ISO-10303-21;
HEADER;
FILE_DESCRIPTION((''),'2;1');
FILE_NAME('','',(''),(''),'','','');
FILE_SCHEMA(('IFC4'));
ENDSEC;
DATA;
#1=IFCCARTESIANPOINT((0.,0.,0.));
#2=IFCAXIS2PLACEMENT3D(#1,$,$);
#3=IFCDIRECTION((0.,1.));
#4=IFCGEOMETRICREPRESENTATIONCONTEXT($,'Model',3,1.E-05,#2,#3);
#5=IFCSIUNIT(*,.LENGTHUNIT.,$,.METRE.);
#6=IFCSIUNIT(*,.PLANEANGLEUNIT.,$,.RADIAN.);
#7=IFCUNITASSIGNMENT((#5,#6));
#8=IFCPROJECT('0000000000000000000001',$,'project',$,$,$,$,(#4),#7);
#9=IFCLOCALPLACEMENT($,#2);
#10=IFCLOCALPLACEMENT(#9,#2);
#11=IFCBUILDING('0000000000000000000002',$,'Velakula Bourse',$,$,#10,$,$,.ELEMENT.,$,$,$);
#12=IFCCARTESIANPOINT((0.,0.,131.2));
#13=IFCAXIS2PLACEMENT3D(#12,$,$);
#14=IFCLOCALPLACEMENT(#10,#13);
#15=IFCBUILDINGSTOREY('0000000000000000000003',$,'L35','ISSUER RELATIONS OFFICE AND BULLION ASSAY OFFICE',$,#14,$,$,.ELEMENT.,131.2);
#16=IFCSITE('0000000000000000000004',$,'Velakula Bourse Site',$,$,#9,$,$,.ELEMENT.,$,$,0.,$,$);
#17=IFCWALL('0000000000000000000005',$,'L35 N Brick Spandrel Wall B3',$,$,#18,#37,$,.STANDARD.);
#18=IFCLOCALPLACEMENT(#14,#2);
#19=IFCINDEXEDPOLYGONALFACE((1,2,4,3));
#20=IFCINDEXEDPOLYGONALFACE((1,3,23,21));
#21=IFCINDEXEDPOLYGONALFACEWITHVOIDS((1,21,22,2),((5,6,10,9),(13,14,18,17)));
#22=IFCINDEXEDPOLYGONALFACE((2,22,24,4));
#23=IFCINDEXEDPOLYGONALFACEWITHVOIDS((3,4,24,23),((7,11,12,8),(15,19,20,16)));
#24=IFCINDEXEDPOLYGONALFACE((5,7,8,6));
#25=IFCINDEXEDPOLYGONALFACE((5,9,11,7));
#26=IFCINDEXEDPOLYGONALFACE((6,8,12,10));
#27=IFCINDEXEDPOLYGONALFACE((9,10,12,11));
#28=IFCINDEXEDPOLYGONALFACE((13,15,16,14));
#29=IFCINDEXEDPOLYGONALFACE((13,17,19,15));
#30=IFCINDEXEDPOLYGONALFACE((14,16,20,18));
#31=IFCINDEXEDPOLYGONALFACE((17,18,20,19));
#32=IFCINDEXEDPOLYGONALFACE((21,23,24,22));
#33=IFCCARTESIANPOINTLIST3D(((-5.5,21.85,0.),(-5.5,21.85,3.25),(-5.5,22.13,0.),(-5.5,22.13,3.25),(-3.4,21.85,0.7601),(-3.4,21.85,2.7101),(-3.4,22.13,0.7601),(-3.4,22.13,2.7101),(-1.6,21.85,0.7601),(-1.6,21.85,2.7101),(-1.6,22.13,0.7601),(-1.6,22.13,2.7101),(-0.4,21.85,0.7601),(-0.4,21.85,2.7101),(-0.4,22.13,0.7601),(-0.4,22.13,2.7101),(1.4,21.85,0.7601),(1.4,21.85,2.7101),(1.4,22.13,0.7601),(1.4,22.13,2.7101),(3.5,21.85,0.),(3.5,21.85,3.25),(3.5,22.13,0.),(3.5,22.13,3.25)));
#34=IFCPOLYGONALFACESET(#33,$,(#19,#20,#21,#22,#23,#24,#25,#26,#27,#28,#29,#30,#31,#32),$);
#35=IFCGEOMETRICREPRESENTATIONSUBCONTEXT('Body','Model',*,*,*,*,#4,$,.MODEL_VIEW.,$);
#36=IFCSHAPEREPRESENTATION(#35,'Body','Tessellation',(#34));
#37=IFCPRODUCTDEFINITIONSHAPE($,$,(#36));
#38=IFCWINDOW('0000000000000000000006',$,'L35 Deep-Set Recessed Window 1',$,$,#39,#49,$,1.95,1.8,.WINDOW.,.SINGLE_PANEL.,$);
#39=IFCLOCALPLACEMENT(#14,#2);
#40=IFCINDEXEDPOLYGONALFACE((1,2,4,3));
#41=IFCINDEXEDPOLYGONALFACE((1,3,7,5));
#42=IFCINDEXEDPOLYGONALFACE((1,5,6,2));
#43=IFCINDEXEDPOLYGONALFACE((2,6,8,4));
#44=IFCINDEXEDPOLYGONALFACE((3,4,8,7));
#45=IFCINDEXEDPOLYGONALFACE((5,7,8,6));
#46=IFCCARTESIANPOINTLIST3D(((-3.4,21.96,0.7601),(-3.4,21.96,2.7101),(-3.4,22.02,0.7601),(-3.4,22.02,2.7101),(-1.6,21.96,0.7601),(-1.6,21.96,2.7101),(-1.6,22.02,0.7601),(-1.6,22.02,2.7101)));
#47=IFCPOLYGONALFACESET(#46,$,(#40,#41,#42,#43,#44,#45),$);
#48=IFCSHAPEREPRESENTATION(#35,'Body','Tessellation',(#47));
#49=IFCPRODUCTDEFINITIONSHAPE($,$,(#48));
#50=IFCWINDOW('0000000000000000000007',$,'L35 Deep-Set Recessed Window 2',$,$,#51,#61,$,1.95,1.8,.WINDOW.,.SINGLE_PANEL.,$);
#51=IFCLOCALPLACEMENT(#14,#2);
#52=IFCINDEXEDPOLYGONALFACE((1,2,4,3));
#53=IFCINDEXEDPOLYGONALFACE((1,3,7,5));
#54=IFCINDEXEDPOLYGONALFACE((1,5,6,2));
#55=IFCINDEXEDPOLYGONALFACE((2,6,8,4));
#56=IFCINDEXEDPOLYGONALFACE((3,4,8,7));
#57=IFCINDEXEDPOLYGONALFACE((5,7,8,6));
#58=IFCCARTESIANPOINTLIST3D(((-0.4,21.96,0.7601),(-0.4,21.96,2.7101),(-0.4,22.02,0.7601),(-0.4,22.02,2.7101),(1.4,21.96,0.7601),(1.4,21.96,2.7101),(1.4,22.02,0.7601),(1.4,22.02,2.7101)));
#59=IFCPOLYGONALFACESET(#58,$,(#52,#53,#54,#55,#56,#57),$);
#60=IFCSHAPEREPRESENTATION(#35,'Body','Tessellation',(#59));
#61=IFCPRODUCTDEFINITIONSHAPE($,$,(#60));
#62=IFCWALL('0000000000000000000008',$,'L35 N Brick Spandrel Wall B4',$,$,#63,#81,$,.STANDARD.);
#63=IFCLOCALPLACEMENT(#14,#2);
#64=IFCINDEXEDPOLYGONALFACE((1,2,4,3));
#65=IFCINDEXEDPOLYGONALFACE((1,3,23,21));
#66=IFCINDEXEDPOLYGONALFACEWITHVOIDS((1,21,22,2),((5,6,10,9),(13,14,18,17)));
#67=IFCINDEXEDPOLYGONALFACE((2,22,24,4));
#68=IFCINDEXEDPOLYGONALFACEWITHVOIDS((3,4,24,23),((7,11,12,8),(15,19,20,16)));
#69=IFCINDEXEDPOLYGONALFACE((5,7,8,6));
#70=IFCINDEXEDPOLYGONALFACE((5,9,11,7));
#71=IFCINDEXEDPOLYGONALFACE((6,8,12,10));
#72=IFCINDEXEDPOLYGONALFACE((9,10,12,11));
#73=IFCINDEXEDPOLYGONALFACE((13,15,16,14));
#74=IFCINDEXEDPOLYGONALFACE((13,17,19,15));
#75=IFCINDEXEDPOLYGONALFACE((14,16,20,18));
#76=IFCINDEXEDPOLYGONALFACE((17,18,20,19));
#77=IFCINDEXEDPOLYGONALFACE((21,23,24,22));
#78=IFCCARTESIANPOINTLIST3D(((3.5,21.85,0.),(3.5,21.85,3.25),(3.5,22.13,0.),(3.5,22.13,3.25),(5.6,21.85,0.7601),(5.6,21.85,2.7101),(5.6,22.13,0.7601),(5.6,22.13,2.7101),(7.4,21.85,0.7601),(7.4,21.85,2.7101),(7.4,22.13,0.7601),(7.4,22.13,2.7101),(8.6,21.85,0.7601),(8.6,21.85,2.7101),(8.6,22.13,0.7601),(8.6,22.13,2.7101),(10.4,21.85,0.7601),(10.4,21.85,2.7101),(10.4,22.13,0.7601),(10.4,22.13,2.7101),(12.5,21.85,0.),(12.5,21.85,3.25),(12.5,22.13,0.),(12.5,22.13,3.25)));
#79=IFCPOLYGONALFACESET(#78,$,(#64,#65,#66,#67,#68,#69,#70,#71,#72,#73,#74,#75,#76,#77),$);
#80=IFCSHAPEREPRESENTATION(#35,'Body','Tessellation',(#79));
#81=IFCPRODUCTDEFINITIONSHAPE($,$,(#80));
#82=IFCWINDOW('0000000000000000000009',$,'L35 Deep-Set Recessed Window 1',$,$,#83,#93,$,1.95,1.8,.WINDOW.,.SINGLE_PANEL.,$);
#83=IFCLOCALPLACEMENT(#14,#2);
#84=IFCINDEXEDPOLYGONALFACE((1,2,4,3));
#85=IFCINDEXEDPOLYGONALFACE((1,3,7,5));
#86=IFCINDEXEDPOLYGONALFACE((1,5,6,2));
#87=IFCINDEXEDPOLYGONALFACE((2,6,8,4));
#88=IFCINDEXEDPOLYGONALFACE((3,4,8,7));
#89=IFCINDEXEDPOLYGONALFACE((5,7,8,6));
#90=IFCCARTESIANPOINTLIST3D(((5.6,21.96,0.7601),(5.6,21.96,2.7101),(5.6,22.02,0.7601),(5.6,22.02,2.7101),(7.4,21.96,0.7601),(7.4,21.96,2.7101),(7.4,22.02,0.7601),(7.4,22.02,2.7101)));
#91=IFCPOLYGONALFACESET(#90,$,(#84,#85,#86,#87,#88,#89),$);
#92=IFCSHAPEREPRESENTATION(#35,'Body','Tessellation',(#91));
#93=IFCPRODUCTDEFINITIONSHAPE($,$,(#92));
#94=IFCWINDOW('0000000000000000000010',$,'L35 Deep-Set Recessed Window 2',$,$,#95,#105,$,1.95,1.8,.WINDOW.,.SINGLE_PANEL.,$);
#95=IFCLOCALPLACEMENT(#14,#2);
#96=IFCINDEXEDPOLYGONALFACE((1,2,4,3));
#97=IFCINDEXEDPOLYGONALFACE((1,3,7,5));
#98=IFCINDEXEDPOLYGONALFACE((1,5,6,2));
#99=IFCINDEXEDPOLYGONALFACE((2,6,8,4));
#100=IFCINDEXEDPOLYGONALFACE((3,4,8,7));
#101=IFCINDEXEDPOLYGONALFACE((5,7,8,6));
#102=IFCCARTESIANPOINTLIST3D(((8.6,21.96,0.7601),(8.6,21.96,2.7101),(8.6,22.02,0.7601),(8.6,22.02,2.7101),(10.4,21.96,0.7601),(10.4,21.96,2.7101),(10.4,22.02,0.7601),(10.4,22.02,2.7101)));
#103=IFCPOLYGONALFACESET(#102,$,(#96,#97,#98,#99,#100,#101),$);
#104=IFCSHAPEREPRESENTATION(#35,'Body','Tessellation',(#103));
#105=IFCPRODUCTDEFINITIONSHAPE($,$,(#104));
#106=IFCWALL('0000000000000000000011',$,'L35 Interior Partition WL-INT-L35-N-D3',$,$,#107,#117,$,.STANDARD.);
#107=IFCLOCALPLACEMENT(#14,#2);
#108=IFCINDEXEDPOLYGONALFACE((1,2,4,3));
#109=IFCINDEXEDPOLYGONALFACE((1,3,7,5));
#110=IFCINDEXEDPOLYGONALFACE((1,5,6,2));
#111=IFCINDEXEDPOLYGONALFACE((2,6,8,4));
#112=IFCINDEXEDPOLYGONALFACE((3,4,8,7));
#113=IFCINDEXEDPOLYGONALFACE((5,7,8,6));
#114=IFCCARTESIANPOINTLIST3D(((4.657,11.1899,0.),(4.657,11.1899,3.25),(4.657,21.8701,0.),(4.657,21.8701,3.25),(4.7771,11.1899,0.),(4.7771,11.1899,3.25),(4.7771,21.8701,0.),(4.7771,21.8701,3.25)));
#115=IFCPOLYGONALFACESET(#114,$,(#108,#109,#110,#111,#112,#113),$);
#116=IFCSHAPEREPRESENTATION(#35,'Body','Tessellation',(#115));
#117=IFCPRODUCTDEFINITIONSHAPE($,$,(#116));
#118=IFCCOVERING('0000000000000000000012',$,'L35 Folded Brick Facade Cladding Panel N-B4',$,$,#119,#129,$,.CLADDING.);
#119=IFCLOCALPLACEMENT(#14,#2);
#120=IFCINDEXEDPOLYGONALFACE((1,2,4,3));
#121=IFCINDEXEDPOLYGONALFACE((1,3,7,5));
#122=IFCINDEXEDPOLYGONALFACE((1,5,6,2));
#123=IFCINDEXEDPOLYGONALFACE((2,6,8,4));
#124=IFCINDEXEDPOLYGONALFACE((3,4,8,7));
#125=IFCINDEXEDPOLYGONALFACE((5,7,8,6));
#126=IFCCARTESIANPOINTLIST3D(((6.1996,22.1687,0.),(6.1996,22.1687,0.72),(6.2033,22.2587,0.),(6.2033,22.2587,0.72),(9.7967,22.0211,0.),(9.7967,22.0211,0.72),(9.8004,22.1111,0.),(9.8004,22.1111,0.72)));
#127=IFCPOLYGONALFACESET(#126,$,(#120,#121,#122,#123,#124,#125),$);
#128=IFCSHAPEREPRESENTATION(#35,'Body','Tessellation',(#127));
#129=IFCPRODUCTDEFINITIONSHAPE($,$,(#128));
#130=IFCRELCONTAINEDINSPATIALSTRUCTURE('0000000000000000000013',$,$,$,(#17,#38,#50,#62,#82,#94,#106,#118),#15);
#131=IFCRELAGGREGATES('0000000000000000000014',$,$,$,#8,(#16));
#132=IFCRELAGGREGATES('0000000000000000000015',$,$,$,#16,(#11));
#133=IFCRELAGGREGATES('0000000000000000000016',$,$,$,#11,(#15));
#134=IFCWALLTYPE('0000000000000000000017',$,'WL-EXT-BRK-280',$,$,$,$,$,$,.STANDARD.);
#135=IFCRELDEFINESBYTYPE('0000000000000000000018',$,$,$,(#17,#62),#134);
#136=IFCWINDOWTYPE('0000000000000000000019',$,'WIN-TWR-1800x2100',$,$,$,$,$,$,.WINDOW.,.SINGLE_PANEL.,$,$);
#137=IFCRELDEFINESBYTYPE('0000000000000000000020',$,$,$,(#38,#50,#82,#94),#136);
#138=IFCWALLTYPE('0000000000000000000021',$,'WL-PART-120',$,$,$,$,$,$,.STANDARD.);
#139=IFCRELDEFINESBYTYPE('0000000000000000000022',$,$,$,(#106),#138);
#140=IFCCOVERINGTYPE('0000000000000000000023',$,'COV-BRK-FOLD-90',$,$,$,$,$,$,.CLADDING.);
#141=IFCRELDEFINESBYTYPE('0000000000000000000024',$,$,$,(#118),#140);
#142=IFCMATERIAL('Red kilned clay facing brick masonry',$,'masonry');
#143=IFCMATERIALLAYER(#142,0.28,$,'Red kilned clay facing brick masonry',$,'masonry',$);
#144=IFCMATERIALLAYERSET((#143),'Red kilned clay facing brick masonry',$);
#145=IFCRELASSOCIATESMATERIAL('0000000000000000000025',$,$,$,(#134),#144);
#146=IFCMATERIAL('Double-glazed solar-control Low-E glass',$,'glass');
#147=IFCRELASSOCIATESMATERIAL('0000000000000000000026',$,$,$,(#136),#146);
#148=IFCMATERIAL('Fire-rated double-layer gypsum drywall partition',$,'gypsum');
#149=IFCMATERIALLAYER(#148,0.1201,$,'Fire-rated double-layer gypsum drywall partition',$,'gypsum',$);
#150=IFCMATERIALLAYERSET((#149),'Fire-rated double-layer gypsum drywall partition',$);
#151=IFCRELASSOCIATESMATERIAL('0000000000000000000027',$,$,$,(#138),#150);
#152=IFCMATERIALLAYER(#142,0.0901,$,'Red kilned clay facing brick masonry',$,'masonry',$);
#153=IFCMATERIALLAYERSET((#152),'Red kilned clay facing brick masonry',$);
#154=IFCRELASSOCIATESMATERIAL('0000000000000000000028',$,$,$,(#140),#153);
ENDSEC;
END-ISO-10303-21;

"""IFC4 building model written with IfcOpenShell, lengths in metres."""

from ifc_helpers import new_model, si_unit, direction, frame, frame_2d, origin, origin_2d, place, context, subcontext, project, spatial, rectangle, extrude, material, layer, layer_set, type_object, element, fill, save


model = new_model("IFC4")

# Units and contexts
model_context = context("Model", 3, precision=1e-05, world=origin(), true_north=direction((0.0, 1.0)))
body_context = subcontext(model_context, "Body", "Model", "MODEL_VIEW")
ifc_project = project(units=[si_unit("LENGTHUNIT", "METRE"), si_unit("PLANEANGLEUNIT", "RADIAN")], contexts=[model_context])

# Site, building, storey
site_placement = place(None, origin())
site = spatial("IfcSite", under=ifc_project, at=site_placement, Name="Velakula Bourse Site", CompositionType="ELEMENT", RefElevation=0.0)
building_placement = place(site_placement, origin())
building = spatial("IfcBuilding", under=site, at=building_placement, Name="Velakula Bourse", CompositionType="ELEMENT")
storey_placement = place(building_placement, frame((0.0, 0.0, 131.2)))
storey = spatial("IfcBuildingStorey", under=building, at=storey_placement, Name="L35", Description="ISSUER RELATIONS OFFICE AND BULLION ASSAY OFFICE", CompositionType="ELEMENT", Elevation=131.2)

# Walls, openings, windows
ifc_material_1 = material(Name="Red kilned clay facing brick masonry", Category="masonry")
ifc_layer_1 = layer(ifc_material_1, 0.28, Name="Red kilned clay facing brick masonry", Category="masonry")
ifc_layer_set_1 = layer_set([ifc_layer_1], Name="Red kilned clay facing brick masonry")
wall_type_1 = type_object("IfcWallType", Name="WL-EXT-BRK-280", PredefinedType="STANDARD", material=ifc_layer_set_1)
wall_1_placement = place(storey_placement, frame((-5.5, 21.99, 0.0), z_axis=(0.0, 0.0, 1.0), x_axis=(1.0, 0.0, 0.0)))
wall_1 = element("IfcWall", 1, at=wall_1_placement, inside=storey, type_object=wall_type_1, Name="L35 N Brick Spandrel Wall B3", PredefinedType="STANDARD", context=body_context, shape_type="SweptSolid", body=[
    extrude(rectangle(XDim=9.0, YDim=0.28, at=frame_2d((4.5, 0.0))), origin(), (0.0, 0.0, 1.0), 3.25),
])
opening_1_placement = place(wall_1_placement, frame((2.1001, 0.0, 0.76)))
opening_1 = element("IfcOpeningElement", 2, at=opening_1_placement, cuts=wall_1, PredefinedType="OPENING", context=body_context, shape_type="SweptSolid", body=[
    extrude(rectangle(XDim=1.8, YDim=1.95, at=frame_2d((0.8999, 0.9751))), frame((0.0, 0.1499, 0.0), z_axis=(0.0, -1.0, 0.0), x_axis=(1.0, 0.0, 0.0)), (0.0, 0.0, 1.0), 0.3),
])
opening_2_placement = place(wall_1_placement, frame((5.1001, 0.0, 0.76)))
opening_2 = element("IfcOpeningElement", 3, at=opening_2_placement, cuts=wall_1, PredefinedType="OPENING", context=body_context, shape_type="SweptSolid", body=[
    extrude(rectangle(XDim=1.8, YDim=1.95, at=frame_2d((0.8999, 0.9751))), frame((0.0, 0.1499, 0.0), z_axis=(0.0, -1.0, 0.0), x_axis=(1.0, 0.0, 0.0)), (0.0, 0.0, 1.0), 0.3),
])
ifc_material_2 = material(Name="Double-glazed solar-control Low-E glass", Category="glass")
window_type = type_object("IfcWindowType", Name="WIN-TWR-1800x2100", PartitioningType="SINGLE_PANEL", PredefinedType="WINDOW", material=ifc_material_2)
window_1_placement = place(opening_1_placement, origin())
window_1 = element("IfcWindow", 4, at=window_1_placement, inside=storey, type_object=window_type, Name="L35 Deep-Set Recessed Window 1", OverallHeight=1.95, OverallWidth=1.8, PartitioningType="SINGLE_PANEL", PredefinedType="WINDOW", context=body_context, shape_type="SweptSolid", body=[
    extrude(rectangle(XDim=1.8, YDim=1.95, at=frame_2d((0.8999, 0.9751))), frame((0.0, 0.03, 0.0), z_axis=(0.0, -1.0, 0.0), x_axis=(1.0, 0.0, 0.0)), (0.0, 0.0, 1.0), 0.0601),
])
fill(opening_1, window_1)
window_2_placement = place(opening_2_placement, origin())
window_2 = element("IfcWindow", 5, at=window_2_placement, inside=storey, type_object=window_type, Name="L35 Deep-Set Recessed Window 2", OverallHeight=1.95, OverallWidth=1.8, PartitioningType="SINGLE_PANEL", PredefinedType="WINDOW", context=body_context, shape_type="SweptSolid", body=[
    extrude(rectangle(XDim=1.8, YDim=1.95, at=frame_2d((0.8999, 0.9751))), frame((0.0, 0.03, 0.0), z_axis=(0.0, -1.0, 0.0), x_axis=(1.0, 0.0, 0.0)), (0.0, 0.0, 1.0), 0.0601),
])
fill(opening_2, window_2)
wall_2_placement = place(storey_placement, frame((3.5, 21.99, 0.0), z_axis=(0.0, 0.0, 1.0), x_axis=(1.0, 0.0, 0.0)))
wall_2 = element("IfcWall", 6, at=wall_2_placement, inside=storey, type_object=wall_type_1, Name="L35 N Brick Spandrel Wall B4", PredefinedType="STANDARD", context=body_context, shape_type="SweptSolid", body=[
    extrude(rectangle(XDim=9.0, YDim=0.28, at=frame_2d((4.5, 0.0))), origin(), (0.0, 0.0, 1.0), 3.25),
])
opening_3_placement = place(wall_2_placement, frame((2.1001, 0.0, 0.76)))
opening_3 = element("IfcOpeningElement", 7, at=opening_3_placement, cuts=wall_2, PredefinedType="OPENING", context=body_context, shape_type="SweptSolid", body=[
    extrude(rectangle(XDim=1.8, YDim=1.95, at=frame_2d((0.8999, 0.9751))), frame((0.0, 0.1499, 0.0), z_axis=(0.0, -1.0, 0.0), x_axis=(1.0, 0.0, 0.0)), (0.0, 0.0, 1.0), 0.3),
])
opening_4_placement = place(wall_2_placement, frame((5.1001, 0.0, 0.76)))
opening_4 = element("IfcOpeningElement", 8, at=opening_4_placement, cuts=wall_2, PredefinedType="OPENING", context=body_context, shape_type="SweptSolid", body=[
    extrude(rectangle(XDim=1.8, YDim=1.95, at=frame_2d((0.8999, 0.9751))), frame((0.0, 0.1499, 0.0), z_axis=(0.0, -1.0, 0.0), x_axis=(1.0, 0.0, 0.0)), (0.0, 0.0, 1.0), 0.3),
])
window_3_placement = place(opening_3_placement, origin())
window_3 = element("IfcWindow", 9, at=window_3_placement, inside=storey, type_object=window_type, Name="L35 Deep-Set Recessed Window 1", OverallHeight=1.95, OverallWidth=1.8, PartitioningType="SINGLE_PANEL", PredefinedType="WINDOW", context=body_context, shape_type="SweptSolid", body=[
    extrude(rectangle(XDim=1.8, YDim=1.95, at=frame_2d((0.8999, 0.9751))), frame((0.0, 0.03, 0.0), z_axis=(0.0, -1.0, 0.0), x_axis=(1.0, 0.0, 0.0)), (0.0, 0.0, 1.0), 0.0601),
])
fill(opening_3, window_3)
window_4_placement = place(opening_4_placement, origin())
window_4 = element("IfcWindow", 10, at=window_4_placement, inside=storey, type_object=window_type, Name="L35 Deep-Set Recessed Window 2", OverallHeight=1.95, OverallWidth=1.8, PartitioningType="SINGLE_PANEL", PredefinedType="WINDOW", context=body_context, shape_type="SweptSolid", body=[
    extrude(rectangle(XDim=1.8, YDim=1.95, at=frame_2d((0.8999, 0.9751))), frame((0.0, 0.03, 0.0), z_axis=(0.0, -1.0, 0.0), x_axis=(1.0, 0.0, 0.0)), (0.0, 0.0, 1.0), 0.0601),
])
fill(opening_4, window_4)

# Wall
ifc_material_3 = material(Name="Fire-rated double-layer gypsum drywall partition", Category="gypsum")
ifc_layer_2 = layer(ifc_material_3, 0.1201, Name="Fire-rated double-layer gypsum drywall partition", Category="gypsum")
ifc_layer_set_2 = layer_set([ifc_layer_2], Name="Fire-rated double-layer gypsum drywall partition")
wall_type_2 = type_object("IfcWallType", Name="WL-PART-120", PredefinedType="STANDARD", material=ifc_layer_set_2)
wall_3_placement = place(storey_placement, frame((4.717, 11.1899, 0.0), z_axis=(0.0, 0.0, 1.0), x_axis=(0.0, 1.0, 0.0)))
element("IfcWall", 11, at=wall_3_placement, inside=storey, type_object=wall_type_2, Name="L35 Interior Partition WL-INT-L35-N-D3", PredefinedType="STANDARD", context=body_context, shape_type="SweptSolid", body=[
    extrude(rectangle(XDim=10.6802, YDim=0.1201, at=frame_2d((5.3401, 0.0))), origin(), (0.0, 0.0, 1.0), 3.25),
])

# Covering
ifc_layer_3 = layer(ifc_material_1, 0.0901, Name="Red kilned clay facing brick masonry", Category="masonry")
ifc_layer_set_3 = layer_set([ifc_layer_3], Name="Red kilned clay facing brick masonry")
covering_type = type_object("IfcCoveringType", Name="COV-BRK-FOLD-90", PredefinedType="CLADDING", material=ifc_layer_set_3)
covering_placement = place(storey_placement, frame((8.0, 22.1399, 0.0), z_axis=(0.0, 0.0, 1.0), x_axis=(0.999159, -0.041004, 0.0)))
element("IfcCovering", 12, at=covering_placement, inside=storey, type_object=covering_type, Name="L35 Folded Brick Facade Cladding Panel N-B4", PredefinedType="CLADDING", context=body_context, shape_type="SweptSolid", body=[
    extrude(rectangle(XDim=3.6001, YDim=0.0901, at=origin_2d()), origin(), (0.0, 0.0, 1.0), 0.72),
])

save(model, "model.ifc")
